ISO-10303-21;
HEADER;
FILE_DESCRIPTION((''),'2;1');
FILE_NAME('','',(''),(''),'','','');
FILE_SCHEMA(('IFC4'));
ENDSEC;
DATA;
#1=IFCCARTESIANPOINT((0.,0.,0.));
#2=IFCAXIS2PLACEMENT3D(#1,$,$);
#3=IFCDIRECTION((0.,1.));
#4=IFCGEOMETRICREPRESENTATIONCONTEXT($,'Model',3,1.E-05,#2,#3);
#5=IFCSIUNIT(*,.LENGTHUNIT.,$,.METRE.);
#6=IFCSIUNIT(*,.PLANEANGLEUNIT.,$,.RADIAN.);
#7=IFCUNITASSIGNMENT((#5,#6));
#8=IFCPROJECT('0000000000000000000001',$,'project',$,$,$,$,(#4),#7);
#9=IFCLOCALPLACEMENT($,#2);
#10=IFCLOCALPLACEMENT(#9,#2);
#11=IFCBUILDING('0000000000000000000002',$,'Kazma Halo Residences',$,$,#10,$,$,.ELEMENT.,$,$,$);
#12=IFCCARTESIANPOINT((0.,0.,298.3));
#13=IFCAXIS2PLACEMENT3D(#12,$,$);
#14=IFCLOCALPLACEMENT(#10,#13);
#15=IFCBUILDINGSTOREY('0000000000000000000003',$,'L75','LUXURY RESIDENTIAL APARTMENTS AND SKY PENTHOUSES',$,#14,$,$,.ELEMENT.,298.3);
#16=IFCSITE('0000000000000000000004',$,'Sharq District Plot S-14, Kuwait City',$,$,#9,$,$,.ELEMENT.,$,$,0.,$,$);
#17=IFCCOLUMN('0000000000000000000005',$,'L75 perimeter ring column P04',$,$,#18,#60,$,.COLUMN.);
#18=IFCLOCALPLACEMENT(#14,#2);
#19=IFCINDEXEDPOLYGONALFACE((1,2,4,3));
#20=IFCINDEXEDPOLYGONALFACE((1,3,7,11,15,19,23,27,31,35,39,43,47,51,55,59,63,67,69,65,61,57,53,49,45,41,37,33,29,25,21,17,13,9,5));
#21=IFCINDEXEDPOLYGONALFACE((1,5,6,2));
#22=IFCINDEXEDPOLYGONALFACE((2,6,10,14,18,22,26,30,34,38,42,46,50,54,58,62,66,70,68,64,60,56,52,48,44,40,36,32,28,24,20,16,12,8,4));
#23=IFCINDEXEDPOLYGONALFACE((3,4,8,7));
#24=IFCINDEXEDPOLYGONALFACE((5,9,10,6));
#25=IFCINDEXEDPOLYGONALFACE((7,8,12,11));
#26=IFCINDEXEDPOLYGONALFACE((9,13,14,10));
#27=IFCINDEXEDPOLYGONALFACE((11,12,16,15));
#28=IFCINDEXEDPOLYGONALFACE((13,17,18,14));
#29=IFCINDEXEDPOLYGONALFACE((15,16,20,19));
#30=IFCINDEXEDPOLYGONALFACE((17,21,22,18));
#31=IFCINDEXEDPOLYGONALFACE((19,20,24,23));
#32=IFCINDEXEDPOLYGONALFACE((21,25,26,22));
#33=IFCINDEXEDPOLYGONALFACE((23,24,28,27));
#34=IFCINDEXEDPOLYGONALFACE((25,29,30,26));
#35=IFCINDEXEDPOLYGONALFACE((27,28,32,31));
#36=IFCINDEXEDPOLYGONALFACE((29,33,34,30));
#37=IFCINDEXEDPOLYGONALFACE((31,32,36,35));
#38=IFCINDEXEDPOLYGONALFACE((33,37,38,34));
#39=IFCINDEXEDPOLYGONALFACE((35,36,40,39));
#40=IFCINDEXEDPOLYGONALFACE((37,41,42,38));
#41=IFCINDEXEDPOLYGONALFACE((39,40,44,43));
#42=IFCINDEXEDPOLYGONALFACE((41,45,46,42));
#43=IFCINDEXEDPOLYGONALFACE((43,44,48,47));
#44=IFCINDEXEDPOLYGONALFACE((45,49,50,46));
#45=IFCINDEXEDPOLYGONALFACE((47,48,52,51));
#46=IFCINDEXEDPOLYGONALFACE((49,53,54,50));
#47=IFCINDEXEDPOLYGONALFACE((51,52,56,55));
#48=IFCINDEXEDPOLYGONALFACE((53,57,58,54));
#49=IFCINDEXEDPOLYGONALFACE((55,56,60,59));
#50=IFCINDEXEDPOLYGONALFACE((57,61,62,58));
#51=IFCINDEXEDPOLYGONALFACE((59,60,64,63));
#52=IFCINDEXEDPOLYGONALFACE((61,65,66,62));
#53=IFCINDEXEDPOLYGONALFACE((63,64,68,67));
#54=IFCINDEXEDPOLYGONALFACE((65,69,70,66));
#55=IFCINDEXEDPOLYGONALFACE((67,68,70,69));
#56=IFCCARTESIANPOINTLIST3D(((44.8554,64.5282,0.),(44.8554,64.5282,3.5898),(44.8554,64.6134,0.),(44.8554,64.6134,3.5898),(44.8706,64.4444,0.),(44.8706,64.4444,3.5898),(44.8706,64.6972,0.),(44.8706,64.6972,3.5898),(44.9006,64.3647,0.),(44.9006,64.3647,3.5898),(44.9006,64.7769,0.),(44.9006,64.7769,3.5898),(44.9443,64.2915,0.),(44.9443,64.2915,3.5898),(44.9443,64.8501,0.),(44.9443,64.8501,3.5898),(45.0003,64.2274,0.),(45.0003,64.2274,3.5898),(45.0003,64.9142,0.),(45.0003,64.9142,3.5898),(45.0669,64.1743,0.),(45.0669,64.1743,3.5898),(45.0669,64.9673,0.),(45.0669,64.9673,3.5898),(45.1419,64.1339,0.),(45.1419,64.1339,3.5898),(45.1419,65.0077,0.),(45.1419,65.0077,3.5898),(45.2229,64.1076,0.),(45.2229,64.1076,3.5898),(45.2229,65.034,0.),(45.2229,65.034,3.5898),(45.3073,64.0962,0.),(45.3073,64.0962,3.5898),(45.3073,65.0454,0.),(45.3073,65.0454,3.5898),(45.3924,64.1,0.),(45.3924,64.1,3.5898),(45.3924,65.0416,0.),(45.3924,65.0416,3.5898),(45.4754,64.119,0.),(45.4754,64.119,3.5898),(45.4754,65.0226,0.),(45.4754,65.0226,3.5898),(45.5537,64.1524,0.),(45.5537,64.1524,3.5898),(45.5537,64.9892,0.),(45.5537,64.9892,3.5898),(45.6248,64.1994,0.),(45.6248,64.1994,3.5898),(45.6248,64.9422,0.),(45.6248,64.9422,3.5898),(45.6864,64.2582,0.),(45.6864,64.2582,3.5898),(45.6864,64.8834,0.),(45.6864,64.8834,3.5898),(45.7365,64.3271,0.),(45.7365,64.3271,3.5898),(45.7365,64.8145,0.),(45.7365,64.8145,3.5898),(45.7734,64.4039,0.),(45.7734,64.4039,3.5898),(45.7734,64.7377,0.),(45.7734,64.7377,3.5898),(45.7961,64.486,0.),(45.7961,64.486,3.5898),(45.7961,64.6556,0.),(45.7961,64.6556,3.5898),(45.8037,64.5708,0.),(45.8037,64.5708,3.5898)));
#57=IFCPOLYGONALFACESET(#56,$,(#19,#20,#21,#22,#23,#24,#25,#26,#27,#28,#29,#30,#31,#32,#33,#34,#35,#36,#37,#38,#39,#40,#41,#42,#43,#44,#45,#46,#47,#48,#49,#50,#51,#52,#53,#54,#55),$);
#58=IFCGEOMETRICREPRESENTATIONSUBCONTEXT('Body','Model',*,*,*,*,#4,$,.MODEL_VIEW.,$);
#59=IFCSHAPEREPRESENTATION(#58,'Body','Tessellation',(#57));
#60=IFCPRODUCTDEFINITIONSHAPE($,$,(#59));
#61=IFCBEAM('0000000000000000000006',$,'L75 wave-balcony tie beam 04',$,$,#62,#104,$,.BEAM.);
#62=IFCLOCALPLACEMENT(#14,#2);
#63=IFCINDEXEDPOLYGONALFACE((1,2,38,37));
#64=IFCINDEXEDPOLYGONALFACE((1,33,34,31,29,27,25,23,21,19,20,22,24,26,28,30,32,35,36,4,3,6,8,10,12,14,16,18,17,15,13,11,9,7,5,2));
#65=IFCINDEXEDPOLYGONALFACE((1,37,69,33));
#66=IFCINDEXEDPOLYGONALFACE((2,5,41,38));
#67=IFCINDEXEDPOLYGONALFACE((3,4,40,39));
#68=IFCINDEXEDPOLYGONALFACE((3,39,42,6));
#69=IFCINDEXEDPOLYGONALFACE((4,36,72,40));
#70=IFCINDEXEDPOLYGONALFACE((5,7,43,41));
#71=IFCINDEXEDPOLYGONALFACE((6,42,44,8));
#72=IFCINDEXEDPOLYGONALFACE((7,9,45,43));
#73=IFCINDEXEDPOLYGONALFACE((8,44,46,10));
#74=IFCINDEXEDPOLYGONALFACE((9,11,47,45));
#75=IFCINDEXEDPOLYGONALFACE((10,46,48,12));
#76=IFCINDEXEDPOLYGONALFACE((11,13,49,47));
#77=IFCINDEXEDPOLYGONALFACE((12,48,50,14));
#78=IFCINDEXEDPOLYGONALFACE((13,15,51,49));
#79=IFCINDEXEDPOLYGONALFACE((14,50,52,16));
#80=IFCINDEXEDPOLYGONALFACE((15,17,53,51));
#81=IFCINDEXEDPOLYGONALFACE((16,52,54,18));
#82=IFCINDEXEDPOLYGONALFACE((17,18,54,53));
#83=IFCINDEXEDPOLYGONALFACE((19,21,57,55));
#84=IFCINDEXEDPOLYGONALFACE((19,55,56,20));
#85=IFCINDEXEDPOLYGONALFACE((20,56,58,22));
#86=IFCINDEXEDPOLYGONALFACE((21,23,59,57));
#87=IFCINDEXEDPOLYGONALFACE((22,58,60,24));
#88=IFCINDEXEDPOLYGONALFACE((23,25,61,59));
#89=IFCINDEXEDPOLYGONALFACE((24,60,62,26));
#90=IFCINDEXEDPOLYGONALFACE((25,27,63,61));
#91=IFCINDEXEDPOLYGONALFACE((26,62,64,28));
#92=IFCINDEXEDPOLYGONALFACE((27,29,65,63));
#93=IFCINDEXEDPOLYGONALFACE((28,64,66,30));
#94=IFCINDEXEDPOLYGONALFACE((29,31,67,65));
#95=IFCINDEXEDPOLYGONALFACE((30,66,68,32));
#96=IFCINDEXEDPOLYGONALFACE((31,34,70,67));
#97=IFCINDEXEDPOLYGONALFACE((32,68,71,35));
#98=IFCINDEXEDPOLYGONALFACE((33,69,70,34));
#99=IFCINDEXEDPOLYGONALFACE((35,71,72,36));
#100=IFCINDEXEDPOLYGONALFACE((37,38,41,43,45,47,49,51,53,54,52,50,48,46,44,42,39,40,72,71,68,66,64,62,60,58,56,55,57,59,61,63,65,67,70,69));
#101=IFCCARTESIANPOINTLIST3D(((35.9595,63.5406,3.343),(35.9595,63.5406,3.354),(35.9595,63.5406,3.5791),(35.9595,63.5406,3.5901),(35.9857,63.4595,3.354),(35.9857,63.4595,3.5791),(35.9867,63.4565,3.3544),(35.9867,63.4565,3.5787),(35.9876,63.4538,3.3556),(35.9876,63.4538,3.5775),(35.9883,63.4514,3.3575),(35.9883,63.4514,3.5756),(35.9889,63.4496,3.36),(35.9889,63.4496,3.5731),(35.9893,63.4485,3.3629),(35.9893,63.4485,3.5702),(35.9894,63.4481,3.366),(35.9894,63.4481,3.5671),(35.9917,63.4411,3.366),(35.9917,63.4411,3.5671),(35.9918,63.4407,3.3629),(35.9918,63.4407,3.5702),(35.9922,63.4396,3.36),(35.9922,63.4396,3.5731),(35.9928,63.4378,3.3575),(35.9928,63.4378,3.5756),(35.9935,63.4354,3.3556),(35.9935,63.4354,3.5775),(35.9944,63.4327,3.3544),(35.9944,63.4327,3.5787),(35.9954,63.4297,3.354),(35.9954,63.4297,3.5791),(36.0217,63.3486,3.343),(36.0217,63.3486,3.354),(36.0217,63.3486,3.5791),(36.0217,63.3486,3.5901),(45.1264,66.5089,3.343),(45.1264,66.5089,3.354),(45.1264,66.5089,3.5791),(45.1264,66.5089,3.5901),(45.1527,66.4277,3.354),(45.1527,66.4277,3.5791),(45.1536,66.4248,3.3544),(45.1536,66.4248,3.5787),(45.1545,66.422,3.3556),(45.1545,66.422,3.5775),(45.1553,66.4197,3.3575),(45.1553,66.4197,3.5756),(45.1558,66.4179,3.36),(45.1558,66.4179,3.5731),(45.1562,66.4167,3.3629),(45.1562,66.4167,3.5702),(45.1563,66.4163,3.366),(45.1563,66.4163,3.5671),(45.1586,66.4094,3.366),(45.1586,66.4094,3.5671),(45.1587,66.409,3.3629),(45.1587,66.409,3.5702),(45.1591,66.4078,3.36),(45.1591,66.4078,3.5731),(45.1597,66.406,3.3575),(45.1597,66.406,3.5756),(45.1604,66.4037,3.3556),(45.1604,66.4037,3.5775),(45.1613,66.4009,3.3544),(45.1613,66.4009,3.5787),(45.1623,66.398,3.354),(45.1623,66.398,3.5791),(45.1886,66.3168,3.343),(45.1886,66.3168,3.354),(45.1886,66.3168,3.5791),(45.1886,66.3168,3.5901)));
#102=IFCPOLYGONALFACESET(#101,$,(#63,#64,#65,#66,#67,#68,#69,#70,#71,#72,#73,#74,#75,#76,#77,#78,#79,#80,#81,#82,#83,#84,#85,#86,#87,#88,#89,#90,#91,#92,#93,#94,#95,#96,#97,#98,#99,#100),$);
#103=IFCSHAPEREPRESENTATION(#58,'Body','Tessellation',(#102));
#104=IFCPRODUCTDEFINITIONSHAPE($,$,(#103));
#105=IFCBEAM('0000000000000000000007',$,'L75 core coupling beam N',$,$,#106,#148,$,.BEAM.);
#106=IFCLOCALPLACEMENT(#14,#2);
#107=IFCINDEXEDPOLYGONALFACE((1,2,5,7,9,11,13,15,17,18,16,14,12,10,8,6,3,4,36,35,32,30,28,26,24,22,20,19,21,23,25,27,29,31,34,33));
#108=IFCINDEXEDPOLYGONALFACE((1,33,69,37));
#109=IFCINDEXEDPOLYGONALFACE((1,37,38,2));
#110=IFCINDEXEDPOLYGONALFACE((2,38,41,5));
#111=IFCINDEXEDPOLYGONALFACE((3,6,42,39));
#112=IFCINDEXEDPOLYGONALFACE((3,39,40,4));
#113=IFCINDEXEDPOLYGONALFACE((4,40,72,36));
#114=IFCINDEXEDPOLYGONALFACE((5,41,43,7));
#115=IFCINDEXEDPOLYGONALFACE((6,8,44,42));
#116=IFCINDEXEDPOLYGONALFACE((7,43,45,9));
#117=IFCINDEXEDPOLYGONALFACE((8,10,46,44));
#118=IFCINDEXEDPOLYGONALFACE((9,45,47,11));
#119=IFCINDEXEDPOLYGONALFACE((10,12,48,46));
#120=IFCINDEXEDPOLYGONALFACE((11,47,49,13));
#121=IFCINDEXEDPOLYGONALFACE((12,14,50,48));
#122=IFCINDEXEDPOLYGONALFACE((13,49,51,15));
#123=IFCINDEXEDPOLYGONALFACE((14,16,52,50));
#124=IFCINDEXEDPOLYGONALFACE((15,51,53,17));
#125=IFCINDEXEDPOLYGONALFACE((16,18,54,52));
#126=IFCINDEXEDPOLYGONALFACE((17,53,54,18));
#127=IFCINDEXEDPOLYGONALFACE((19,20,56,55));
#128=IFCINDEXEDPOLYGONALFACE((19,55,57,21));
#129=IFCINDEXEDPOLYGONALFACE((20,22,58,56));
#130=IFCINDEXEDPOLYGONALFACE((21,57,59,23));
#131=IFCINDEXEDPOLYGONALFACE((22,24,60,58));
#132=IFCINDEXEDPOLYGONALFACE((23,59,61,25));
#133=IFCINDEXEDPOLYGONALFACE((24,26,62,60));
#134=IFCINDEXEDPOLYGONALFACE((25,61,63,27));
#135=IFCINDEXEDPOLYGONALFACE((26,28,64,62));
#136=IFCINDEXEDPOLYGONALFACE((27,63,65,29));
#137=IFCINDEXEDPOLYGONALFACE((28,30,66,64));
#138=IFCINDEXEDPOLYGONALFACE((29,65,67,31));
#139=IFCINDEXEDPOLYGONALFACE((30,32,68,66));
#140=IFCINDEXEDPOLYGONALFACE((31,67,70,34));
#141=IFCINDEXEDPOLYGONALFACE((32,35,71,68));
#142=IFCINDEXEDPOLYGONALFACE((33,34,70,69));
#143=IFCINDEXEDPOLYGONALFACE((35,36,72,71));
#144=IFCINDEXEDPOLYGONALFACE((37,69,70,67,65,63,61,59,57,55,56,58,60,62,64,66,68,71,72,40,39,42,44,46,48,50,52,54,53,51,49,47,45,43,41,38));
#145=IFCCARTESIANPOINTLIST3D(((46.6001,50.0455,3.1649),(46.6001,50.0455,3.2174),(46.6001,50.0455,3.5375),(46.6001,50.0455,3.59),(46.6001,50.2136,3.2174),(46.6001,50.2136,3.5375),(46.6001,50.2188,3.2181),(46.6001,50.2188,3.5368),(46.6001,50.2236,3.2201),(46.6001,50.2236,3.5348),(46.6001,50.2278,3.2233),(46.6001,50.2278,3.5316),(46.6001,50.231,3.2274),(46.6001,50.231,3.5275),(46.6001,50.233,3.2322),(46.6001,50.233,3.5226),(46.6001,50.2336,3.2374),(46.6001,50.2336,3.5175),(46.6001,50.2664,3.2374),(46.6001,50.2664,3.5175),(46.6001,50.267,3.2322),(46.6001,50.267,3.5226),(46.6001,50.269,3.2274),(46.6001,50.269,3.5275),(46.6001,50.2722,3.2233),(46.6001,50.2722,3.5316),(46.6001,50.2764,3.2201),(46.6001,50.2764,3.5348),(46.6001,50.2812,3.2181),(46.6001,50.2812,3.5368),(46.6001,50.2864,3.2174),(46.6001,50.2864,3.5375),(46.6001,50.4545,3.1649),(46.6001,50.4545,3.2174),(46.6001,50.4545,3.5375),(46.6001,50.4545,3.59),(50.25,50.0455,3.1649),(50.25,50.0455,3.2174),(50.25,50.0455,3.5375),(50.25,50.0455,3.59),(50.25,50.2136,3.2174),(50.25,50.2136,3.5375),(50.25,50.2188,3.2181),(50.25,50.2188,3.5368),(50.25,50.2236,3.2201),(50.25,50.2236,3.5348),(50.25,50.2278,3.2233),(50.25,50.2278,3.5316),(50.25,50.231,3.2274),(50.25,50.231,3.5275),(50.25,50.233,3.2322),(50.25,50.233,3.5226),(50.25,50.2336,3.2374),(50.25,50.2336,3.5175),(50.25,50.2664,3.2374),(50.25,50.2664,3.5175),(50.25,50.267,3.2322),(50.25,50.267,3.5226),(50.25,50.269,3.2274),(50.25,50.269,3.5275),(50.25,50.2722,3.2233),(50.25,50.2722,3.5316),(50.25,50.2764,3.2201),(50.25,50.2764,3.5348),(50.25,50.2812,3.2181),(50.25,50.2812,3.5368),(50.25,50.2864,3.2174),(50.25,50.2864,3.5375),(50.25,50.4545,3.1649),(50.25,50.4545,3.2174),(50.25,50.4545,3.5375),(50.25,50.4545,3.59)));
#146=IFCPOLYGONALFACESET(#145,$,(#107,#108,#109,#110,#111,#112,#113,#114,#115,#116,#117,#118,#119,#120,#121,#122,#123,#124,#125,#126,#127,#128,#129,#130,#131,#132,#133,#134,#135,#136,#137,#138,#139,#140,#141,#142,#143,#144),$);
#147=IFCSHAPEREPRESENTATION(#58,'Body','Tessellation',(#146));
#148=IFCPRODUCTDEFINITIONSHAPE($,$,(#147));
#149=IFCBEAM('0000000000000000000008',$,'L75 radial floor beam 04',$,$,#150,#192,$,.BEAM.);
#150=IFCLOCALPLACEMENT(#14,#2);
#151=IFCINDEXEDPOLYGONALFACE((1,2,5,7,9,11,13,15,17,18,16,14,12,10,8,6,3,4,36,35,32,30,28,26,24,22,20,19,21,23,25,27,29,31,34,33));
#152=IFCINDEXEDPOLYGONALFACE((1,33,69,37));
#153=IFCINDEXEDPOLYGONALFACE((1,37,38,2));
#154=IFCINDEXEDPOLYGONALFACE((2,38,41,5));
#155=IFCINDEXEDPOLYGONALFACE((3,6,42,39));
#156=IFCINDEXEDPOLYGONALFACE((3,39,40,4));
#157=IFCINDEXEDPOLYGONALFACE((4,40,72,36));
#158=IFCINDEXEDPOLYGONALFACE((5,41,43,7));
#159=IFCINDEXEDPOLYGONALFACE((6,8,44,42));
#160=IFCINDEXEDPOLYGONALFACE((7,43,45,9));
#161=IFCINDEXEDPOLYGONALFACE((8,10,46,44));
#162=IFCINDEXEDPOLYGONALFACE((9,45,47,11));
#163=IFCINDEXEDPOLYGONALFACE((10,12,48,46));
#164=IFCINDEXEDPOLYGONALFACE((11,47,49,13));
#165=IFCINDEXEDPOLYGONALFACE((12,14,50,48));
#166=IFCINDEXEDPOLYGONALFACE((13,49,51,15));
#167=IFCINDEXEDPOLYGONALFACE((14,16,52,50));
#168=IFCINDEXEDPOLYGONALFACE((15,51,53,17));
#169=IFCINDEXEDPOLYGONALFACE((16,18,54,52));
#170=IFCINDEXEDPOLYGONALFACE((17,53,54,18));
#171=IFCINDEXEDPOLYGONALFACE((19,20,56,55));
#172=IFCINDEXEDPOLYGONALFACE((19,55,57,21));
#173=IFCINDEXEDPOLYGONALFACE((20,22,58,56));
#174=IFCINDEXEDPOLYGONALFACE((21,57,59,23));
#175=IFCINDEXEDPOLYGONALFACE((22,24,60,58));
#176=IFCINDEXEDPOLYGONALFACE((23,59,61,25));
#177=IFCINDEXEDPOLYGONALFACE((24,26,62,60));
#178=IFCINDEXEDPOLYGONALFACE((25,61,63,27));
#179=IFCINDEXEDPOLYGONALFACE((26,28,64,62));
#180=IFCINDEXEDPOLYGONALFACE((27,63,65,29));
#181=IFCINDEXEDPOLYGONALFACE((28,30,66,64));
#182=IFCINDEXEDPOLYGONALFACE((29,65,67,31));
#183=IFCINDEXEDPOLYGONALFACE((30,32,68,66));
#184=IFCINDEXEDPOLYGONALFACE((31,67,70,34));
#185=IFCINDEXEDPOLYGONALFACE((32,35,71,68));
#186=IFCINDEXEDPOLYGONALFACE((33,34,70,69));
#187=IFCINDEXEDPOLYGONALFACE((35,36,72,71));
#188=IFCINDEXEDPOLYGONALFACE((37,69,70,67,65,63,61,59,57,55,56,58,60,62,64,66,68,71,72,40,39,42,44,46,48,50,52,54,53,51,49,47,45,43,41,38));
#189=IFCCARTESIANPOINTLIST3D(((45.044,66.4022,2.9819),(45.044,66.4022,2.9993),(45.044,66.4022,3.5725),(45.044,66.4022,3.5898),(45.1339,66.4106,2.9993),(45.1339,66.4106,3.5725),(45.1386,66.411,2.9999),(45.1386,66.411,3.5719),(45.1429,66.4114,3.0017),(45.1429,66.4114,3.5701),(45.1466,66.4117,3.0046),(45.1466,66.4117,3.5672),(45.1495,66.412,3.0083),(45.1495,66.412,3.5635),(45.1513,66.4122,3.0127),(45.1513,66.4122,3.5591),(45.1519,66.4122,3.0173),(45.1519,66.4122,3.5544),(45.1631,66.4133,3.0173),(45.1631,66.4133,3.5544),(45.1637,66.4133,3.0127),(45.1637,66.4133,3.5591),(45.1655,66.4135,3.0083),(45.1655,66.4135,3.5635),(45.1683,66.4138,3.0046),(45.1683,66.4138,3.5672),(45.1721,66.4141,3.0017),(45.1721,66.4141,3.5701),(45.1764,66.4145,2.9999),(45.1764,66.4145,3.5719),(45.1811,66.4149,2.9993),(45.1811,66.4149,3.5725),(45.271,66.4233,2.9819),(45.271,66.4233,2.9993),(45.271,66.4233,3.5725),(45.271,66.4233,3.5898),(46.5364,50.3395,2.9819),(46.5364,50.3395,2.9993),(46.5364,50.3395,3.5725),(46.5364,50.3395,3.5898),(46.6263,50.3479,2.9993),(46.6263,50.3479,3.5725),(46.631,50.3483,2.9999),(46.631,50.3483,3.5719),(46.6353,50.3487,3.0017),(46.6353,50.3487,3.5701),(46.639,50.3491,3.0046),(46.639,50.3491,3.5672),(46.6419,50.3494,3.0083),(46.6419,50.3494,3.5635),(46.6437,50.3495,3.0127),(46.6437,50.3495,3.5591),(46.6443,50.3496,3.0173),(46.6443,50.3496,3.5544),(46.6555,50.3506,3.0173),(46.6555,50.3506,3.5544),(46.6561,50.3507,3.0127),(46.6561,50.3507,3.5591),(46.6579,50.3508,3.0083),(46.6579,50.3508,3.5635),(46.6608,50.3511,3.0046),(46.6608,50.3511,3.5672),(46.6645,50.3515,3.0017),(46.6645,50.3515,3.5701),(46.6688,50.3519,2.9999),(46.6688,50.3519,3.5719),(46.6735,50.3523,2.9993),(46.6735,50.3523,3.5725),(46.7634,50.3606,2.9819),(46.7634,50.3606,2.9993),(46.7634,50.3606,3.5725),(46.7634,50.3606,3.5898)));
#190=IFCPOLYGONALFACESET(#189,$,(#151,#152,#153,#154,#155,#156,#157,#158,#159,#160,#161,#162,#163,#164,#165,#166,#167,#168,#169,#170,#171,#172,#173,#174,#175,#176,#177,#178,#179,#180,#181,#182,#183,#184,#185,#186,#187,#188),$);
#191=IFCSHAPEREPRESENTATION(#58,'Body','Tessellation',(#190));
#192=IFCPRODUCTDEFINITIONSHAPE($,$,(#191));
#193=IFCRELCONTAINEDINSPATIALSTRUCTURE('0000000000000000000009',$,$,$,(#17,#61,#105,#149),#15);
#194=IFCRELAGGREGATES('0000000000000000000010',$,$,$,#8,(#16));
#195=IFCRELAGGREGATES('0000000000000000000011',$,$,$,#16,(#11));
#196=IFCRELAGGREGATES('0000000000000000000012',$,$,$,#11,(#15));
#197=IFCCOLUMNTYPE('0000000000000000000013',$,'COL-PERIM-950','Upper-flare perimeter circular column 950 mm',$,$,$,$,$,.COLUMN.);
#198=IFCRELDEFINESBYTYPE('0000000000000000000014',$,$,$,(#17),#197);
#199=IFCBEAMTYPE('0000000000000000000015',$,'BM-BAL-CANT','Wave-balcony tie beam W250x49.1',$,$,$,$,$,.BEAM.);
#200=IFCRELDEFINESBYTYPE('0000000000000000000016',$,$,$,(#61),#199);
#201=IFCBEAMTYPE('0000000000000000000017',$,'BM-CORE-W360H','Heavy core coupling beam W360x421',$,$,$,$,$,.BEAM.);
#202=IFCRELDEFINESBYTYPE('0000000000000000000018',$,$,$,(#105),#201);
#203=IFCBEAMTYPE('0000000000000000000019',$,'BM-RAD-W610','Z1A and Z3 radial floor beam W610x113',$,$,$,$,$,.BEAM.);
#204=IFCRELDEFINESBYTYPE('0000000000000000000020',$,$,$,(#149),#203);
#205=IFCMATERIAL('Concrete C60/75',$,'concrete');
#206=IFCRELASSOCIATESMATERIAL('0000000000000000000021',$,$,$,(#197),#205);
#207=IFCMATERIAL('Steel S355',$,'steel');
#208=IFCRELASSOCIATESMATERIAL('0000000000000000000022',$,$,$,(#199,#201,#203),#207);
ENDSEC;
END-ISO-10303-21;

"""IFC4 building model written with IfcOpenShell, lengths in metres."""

from ifc_helpers import new_model, si_unit, direction, frame, origin, origin_2d, place, context, subcontext, project, spatial, circle, i_section, extrude, material, material_profile, profile_set, type_object, element, save


model = new_model("IFC4")

# Units and contexts
model_context = context("Model", 3, precision=1e-05, world=origin(), true_north=direction((0.0, 1.0)))
body_context = subcontext(model_context, "Body", "Model", "MODEL_VIEW")
ifc_project = project(units=[si_unit("LENGTHUNIT", "METRE"), si_unit("PLANEANGLEUNIT", "RADIAN")], contexts=[model_context])

# Site, building, storey
site_placement = place(None, origin())
site = spatial("IfcSite", under=ifc_project, at=site_placement, Name="Sharq District Plot S-14, Kuwait City", CompositionType="ELEMENT", RefElevation=0.0)
building_placement = place(site_placement, origin())
building = spatial("IfcBuilding", under=site, at=building_placement, Name="Kazma Halo Residences", CompositionType="ELEMENT")
storey_placement = place(building_placement, frame((0.0, 0.0, 298.3)))
storey = spatial("IfcBuildingStorey", under=building, at=storey_placement, Name="L75", Description="LUXURY RESIDENTIAL APARTMENTS AND SKY PENTHOUSES", CompositionType="ELEMENT", Elevation=298.3)

# Column
ifc_material_1 = material(Name="Concrete C60/75", Category="concrete")
ifc_material_profile_1 = material_profile(ifc_material_1, circle(Radius=0.4751, at=origin_2d()), Name="CIRC950")
ifc_profile_set_1 = profile_set([ifc_material_profile_1], Name="Concrete C60/75")
column_type = type_object("IfcColumnType", Name="COL-PERIM-950", Description="Upper-flare perimeter circular column 950 mm", PredefinedType="COLUMN", material=ifc_profile_set_1)
column_placement = place(storey_placement, frame((45.3286, 64.5708, 0.0), z_axis=(0.0, 0.0, 1.0), x_axis=(1.0, 0.0, 0.0)))
element("IfcColumn", 1, at=column_placement, inside=storey, type_object=column_type, Name="L75 perimeter ring column P04", PredefinedType="COLUMN", context=body_context, shape_type="SweptSolid", body=[
    extrude(circle(Radius=0.4751, at=origin_2d()), origin(), (0.0, 0.0, 1.0), 3.5898),
])

# Beams
ifc_material_2 = material(Name="Steel S355", Category="steel")
ifc_material_profile_2 = material_profile(ifc_material_2, i_section(OverallWidth=0.2019, OverallDepth=0.2471, WebThickness=0.0073, FlangeThickness=0.011, FilletRadius=0.012, at=origin_2d()), Name="W250x49.1")
ifc_profile_set_2 = profile_set([ifc_material_profile_2], Name="Steel S355")
beam_type_1 = type_object("IfcBeamType", Name="BM-BAL-CANT", Description="Wave-balcony tie beam W250x49.1", PredefinedType="BEAM", material=ifc_profile_set_2)
beam_1_placement = place(storey_placement, frame((45.1575, 66.4128, 3.4666), z_axis=(-0.951369, -0.308052, 0.0), x_axis=(0.308052, -0.951369, 0.0)))
element("IfcBeam", 2, at=beam_1_placement, inside=storey, type_object=beam_type_1, Name="L75 wave-balcony tie beam 04", PredefinedType="BEAM", context=body_context, shape_type="SweptSolid", body=[
    extrude(i_section(OverallWidth=0.2019, OverallDepth=0.2471, WebThickness=0.0073, FlangeThickness=0.011, FilletRadius=0.012, at=origin_2d()), origin(), (0.0, 0.0, 1.0), 9.6355),
])
ifc_material_profile_3 = material_profile(ifc_material_2, i_section(OverallWidth=0.4089, OverallDepth=0.425, WebThickness=0.0327, FlangeThickness=0.0525, FilletRadius=0.02, at=origin_2d()), Name="W360x421")
ifc_profile_set_3 = profile_set([ifc_material_profile_3], Name="Steel S355")
beam_type_2 = type_object("IfcBeamType", Name="BM-CORE-W360H", Description="Heavy core coupling beam W360x421", PredefinedType="BEAM", material=ifc_profile_set_3)
beam_2_placement = place(storey_placement, frame((46.6001, 50.25, 3.3774), z_axis=(1.0, 0.0, 0.0), x_axis=(0.0, 1.0, 0.0)))
element("IfcBeam", 3, at=beam_2_placement, inside=storey, type_object=beam_type_2, Name="L75 core coupling beam N", PredefinedType="BEAM", context=body_context, shape_type="SweptSolid", body=[
    extrude(i_section(OverallWidth=0.4089, OverallDepth=0.425, WebThickness=0.0327, FlangeThickness=0.0525, FilletRadius=0.02, at=origin_2d()), origin(), (0.0, 0.0, 1.0), 3.6499),
])
ifc_material_profile_4 = material_profile(ifc_material_2, i_section(OverallWidth=0.228, OverallDepth=0.6079, WebThickness=0.0112, FlangeThickness=0.0173, FilletRadius=0.0181, at=origin_2d()), Name="W610x113")
ifc_profile_set_4 = profile_set([ifc_material_profile_4], Name="Steel S355")
beam_type_3 = type_object("IfcBeamType", Name="BM-RAD-W610", Description="Z1A and Z3 radial floor beam W610x113", PredefinedType="BEAM", material=ifc_profile_set_4)
beam_3_placement = place(storey_placement, frame((46.6499, 50.3501, 3.2859), z_axis=(-0.092514, 0.995711, 0.0), x_axis=(-0.995711, -0.092514, 0.0)))
element("IfcBeam", 4, at=beam_3_placement, inside=storey, type_object=beam_type_3, Name="L75 radial floor beam 04", PredefinedType="BEAM", context=body_context, shape_type="SweptSolid", body=[
    extrude(i_section(OverallWidth=0.228, OverallDepth=0.6079, WebThickness=0.0112, FlangeThickness=0.0173, FilletRadius=0.0181, at=origin_2d()), origin(), (0.0, 0.0, 1.0), 16.1318),
])

save(model, "model.ifc")
